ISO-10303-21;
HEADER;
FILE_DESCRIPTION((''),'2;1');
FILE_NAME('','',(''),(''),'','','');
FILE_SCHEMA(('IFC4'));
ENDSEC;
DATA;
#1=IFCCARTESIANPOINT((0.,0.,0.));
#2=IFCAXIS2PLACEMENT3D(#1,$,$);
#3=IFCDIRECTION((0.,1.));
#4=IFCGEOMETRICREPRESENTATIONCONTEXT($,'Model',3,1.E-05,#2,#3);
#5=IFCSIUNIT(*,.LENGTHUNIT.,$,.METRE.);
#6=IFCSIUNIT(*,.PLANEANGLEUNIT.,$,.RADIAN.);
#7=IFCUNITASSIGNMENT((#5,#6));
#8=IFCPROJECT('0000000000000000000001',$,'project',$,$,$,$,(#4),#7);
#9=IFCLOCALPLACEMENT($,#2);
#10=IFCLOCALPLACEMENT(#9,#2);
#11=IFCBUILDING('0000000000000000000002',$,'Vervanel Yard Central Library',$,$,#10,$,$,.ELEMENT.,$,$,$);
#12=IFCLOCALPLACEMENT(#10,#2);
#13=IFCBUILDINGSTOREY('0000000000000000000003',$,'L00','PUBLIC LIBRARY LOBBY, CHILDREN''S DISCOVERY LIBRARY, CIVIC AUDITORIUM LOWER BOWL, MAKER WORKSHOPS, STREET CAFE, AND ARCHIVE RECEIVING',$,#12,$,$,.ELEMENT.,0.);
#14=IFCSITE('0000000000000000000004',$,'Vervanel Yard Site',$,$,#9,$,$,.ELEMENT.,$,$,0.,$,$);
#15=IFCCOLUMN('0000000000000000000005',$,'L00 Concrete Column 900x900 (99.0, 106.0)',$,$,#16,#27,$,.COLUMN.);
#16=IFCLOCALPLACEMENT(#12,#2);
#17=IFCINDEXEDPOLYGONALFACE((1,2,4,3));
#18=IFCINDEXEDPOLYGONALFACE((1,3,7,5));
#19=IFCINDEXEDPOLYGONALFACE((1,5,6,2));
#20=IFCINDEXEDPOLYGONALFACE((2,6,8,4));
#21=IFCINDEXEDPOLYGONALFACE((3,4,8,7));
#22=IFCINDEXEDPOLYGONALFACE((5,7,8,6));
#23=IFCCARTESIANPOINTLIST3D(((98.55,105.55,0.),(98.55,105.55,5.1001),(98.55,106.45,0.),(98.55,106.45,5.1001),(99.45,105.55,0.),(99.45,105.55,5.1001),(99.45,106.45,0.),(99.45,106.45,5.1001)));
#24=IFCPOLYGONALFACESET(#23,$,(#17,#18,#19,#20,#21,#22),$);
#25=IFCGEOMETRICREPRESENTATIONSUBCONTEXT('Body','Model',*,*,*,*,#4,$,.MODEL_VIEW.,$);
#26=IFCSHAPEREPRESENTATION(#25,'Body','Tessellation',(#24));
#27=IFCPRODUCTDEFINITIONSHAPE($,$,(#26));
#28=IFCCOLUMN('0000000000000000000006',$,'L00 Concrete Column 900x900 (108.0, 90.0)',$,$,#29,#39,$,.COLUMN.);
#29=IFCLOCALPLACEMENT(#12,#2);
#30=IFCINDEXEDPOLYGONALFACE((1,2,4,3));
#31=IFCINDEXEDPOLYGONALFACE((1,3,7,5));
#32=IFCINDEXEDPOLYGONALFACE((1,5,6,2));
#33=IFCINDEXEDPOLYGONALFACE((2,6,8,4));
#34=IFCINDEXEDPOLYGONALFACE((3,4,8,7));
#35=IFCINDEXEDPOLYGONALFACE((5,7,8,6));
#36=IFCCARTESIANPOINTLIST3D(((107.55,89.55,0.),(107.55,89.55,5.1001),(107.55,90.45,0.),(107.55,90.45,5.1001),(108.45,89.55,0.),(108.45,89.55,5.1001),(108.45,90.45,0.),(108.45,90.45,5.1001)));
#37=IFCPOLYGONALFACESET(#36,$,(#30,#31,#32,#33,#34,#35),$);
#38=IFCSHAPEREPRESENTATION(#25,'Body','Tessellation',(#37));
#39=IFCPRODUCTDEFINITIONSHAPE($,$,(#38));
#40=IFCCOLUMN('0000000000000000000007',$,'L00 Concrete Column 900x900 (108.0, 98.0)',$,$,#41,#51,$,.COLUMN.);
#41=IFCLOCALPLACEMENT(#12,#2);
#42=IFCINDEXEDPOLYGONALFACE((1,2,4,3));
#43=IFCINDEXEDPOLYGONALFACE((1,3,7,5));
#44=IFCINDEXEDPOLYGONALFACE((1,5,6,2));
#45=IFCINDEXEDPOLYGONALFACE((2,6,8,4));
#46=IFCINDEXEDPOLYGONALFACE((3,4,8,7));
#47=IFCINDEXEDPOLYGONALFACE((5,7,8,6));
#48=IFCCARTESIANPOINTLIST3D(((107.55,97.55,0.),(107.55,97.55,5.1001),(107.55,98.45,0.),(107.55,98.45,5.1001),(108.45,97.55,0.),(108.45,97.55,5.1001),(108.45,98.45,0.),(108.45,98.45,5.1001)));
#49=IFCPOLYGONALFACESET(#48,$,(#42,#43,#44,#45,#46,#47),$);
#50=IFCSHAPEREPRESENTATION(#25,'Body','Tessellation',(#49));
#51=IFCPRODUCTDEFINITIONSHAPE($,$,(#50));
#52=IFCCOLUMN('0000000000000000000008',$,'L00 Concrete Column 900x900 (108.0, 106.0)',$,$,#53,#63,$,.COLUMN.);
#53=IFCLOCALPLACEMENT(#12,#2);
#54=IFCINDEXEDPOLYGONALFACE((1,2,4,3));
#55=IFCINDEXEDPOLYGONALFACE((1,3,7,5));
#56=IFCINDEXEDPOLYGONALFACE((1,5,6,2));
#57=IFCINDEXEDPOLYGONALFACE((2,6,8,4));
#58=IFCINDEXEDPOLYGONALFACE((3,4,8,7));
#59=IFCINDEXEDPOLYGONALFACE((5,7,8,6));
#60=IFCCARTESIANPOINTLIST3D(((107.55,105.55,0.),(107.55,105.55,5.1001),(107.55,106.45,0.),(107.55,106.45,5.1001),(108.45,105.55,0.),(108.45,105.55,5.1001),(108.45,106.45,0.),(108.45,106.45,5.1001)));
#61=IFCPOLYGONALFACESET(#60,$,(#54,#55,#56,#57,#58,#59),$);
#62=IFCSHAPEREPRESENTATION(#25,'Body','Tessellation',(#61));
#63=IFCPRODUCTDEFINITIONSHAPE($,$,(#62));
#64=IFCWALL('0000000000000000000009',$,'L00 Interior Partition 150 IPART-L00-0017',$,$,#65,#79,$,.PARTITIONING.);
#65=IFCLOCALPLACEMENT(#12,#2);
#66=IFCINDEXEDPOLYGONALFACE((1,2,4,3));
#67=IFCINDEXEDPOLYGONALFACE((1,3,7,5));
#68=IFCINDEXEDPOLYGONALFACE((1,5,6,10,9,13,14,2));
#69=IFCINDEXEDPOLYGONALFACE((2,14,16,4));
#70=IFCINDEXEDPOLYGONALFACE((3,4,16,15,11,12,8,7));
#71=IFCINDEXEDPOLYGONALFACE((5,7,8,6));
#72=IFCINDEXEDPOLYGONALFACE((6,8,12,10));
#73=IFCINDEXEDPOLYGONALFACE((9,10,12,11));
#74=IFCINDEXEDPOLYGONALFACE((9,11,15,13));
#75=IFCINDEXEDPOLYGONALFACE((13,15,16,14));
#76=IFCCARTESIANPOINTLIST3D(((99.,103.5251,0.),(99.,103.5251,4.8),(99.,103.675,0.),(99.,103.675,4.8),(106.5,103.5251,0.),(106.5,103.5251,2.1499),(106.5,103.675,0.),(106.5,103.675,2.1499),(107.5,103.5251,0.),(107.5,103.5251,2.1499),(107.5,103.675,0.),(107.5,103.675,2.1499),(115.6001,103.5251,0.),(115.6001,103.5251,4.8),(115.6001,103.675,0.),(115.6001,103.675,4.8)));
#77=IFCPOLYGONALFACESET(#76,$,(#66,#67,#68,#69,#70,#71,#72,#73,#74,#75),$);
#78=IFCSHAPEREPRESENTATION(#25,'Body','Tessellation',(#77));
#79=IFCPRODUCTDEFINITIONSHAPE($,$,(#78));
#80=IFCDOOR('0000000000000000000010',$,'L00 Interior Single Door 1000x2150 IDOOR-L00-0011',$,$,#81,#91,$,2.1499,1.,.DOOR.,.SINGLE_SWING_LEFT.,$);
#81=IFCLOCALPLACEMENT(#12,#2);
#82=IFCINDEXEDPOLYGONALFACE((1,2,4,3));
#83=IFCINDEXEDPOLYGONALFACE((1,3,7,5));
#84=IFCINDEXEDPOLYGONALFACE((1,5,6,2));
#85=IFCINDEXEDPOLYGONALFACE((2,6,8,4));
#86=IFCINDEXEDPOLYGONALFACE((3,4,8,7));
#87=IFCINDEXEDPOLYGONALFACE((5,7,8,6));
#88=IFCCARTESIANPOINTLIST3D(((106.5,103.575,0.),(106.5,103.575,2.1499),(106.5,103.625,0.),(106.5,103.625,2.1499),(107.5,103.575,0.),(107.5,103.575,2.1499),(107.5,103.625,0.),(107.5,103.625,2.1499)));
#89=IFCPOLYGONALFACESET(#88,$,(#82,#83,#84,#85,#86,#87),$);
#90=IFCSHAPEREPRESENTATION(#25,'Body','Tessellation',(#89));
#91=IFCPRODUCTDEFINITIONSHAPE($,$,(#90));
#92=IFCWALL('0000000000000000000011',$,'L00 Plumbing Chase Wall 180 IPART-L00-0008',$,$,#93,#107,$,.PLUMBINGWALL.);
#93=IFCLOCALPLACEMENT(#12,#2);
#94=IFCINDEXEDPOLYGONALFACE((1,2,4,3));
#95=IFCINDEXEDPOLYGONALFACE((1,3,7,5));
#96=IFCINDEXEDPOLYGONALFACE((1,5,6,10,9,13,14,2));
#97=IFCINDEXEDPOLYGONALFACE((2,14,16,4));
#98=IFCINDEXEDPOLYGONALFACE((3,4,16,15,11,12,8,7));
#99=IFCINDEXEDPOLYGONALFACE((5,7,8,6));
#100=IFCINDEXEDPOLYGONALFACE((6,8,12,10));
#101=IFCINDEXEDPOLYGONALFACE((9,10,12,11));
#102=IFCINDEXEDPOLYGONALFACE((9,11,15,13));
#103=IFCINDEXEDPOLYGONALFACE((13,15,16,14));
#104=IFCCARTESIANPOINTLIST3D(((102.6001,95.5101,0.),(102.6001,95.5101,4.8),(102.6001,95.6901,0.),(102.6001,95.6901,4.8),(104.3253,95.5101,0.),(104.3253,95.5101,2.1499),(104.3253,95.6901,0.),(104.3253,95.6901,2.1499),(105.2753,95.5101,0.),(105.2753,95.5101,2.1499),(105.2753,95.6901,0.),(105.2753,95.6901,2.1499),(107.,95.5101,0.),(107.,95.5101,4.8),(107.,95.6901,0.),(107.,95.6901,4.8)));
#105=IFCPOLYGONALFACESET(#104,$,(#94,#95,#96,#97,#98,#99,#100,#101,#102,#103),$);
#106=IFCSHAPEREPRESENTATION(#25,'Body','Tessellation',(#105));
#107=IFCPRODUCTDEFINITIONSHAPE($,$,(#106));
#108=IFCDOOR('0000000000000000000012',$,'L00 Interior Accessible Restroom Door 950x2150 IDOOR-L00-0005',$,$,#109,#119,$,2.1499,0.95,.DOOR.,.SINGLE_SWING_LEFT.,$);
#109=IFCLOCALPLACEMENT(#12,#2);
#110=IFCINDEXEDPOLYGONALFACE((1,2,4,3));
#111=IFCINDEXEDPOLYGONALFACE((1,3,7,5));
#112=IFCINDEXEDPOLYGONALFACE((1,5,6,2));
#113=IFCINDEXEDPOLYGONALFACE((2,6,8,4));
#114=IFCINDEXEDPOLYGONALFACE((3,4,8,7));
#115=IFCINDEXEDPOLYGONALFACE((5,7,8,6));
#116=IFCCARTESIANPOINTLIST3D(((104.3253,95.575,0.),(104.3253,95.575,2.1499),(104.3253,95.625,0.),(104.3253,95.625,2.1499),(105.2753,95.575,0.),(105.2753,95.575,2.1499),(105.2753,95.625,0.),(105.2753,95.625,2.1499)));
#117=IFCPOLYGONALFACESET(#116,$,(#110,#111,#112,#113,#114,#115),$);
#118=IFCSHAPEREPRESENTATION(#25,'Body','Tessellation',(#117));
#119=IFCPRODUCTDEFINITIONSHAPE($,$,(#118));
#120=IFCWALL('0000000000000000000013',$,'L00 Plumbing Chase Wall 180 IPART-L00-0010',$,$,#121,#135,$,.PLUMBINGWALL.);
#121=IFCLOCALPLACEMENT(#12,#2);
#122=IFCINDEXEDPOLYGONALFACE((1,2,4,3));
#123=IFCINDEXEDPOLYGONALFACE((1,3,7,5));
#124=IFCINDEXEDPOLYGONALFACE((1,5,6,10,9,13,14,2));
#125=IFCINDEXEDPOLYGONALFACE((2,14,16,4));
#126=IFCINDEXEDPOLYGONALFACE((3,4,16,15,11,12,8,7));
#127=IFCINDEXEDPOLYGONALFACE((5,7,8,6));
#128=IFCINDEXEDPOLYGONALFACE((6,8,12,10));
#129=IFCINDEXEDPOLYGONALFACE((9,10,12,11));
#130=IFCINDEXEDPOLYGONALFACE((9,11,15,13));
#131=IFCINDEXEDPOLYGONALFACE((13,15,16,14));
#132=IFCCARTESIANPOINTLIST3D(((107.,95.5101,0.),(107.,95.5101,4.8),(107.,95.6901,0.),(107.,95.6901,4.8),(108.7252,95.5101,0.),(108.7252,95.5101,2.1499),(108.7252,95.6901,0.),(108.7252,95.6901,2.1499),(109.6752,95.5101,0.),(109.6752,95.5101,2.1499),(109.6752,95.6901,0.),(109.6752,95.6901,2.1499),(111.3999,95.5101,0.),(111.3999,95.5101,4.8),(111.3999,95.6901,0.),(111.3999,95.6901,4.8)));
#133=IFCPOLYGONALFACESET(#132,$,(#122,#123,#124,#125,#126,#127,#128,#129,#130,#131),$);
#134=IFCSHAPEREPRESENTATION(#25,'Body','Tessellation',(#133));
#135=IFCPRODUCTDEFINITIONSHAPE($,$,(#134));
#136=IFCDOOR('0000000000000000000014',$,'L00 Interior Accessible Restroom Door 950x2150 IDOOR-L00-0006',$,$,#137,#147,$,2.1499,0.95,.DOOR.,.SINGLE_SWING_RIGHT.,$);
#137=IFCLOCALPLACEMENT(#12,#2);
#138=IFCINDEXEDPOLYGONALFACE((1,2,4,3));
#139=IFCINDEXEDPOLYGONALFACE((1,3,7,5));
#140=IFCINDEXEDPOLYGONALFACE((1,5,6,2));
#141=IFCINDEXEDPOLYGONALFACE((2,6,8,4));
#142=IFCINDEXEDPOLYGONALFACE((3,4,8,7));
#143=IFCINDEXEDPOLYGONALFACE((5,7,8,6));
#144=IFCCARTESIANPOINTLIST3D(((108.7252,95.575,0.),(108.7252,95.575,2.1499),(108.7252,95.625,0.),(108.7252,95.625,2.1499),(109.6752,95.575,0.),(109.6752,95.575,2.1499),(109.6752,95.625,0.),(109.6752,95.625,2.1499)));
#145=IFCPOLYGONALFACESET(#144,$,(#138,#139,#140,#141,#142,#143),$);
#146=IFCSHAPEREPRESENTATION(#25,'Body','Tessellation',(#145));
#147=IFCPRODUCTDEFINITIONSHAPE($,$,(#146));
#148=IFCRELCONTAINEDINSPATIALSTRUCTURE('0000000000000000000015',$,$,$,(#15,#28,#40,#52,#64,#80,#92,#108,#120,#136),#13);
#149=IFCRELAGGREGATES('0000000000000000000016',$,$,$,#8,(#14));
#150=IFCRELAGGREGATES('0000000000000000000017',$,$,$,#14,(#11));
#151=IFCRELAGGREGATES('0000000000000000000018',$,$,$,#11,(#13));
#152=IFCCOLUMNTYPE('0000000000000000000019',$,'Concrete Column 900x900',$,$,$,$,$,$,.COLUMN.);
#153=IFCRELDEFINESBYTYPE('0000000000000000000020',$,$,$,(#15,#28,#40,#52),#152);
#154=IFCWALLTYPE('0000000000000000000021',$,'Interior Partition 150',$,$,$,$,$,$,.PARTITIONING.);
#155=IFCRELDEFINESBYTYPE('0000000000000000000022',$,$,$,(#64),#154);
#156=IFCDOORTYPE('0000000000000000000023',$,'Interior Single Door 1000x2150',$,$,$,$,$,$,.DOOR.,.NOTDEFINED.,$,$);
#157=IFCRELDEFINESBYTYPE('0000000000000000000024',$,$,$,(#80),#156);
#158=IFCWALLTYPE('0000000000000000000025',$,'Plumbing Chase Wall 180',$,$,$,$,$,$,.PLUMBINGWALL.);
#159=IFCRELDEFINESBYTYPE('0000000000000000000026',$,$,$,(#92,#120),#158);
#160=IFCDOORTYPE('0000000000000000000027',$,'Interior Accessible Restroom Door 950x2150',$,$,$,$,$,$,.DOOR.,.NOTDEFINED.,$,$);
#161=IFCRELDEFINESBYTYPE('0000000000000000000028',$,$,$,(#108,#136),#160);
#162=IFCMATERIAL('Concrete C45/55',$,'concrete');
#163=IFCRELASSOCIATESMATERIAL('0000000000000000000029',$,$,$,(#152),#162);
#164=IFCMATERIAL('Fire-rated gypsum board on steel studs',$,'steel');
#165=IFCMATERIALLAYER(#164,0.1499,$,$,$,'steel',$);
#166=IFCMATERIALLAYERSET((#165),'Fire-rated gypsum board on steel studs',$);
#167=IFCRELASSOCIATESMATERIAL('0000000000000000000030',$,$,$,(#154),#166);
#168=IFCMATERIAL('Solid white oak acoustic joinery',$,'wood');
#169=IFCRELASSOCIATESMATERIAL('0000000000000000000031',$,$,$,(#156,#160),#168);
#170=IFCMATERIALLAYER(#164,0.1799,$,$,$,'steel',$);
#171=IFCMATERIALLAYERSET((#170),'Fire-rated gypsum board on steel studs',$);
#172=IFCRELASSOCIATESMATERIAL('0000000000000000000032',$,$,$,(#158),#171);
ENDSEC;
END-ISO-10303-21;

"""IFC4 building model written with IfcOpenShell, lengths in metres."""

from ifc_helpers import new_model, si_unit, direction, frame, frame_2d, origin, origin_2d, place, context, subcontext, project, spatial, rectangle, extrude, material, layer, layer_set, material_profile, profile_set, type_object, element, fill, save


model = new_model("IFC4")

# Units and contexts
model_context = context("Model", 3, precision=1e-05, world=origin(), true_north=direction((0.0, 1.0)))
body_context = subcontext(model_context, "Body", "Model", "MODEL_VIEW")
ifc_project = project(units=[si_unit("LENGTHUNIT", "METRE"), si_unit("PLANEANGLEUNIT", "RADIAN")], contexts=[model_context])

# Site, building, storey
site_placement = place(None, origin())
site = spatial("IfcSite", under=ifc_project, at=site_placement, Name="Vervanel Yard Site", CompositionType="ELEMENT", RefElevation=0.0)
building_placement = place(site_placement, origin())
building = spatial("IfcBuilding", under=site, at=building_placement, Name="Vervanel Yard Central Library", CompositionType="ELEMENT")
storey_placement = place(building_placement, origin())
storey = spatial("IfcBuildingStorey", under=building, at=storey_placement, Name="L00", Description="PUBLIC LIBRARY LOBBY, CHILDREN'S DISCOVERY LIBRARY, CIVIC AUDITORIUM LOWER BOWL, MAKER WORKSHOPS, STREET CAFE, AND ARCHIVE RECEIVING", CompositionType="ELEMENT", Elevation=0.0)

# Columns
ifc_material_1 = material(Name="Concrete C45/55", Category="concrete")
ifc_material_profile_1 = material_profile(ifc_material_1, rectangle(XDim=0.8999, YDim=0.8999, at=origin_2d()), Name="RC 900x900", Category="concrete")
ifc_profile_set_1 = profile_set([ifc_material_profile_1], Name="Concrete C45/55")
column_type = type_object("IfcColumnType", Name="Concrete Column 900x900", PredefinedType="COLUMN", material=ifc_profile_set_1)
for number, where, z_axis, x_axis, name in (
    (1, (99.0, 106.0, 0.0), (0.0, 0.0, 1.0), (1.0, 0.0, 0.0), "L00 Concrete Column 900x900 (99.0, 106.0)"),
    (2, (108.0, 90.0, 0.0), (0.0, 0.0, 1.0), (1.0, 0.0, 0.0), "L00 Concrete Column 900x900 (108.0, 90.0)"),
    (3, (108.0, 98.0, 0.0), (0.0, 0.0, 1.0), (1.0, 0.0, 0.0), "L00 Concrete Column 900x900 (108.0, 98.0)"),
    (4, (108.0, 106.0, 0.0), (0.0, 0.0, 1.0), (1.0, 0.0, 0.0), "L00 Concrete Column 900x900 (108.0, 106.0)"),
):
    element("IfcColumn", number, at=place(storey_placement, frame(where, z_axis=z_axis, x_axis=x_axis)), inside=storey, type_object=column_type, Name=name, PredefinedType="COLUMN", context=body_context, shape_type="SweptSolid", body=[
        extrude(rectangle(XDim=0.8999, YDim=0.8999, at=origin_2d()), origin(), (0.0, 0.0, 1.0), 5.1001),
    ])

# Walls, openings, doors
ifc_material_2 = material(Name="Fire-rated gypsum board on steel studs", Category="steel")
ifc_layer_1 = layer(ifc_material_2, 0.1499, Category="steel")
ifc_layer_set_1 = layer_set([ifc_layer_1], Name="Fire-rated gypsum board on steel studs")
wall_type_1 = type_object("IfcWallType", Name="Interior Partition 150", PredefinedType="PARTITIONING", material=ifc_layer_set_1)
wall_1_placement = place(storey_placement, frame((99.0, 103.6001, 0.0), z_axis=(0.0, 0.0, 1.0), x_axis=(1.0, 0.0, 0.0)))
wall_1 = element("IfcWall", 5, at=wall_1_placement, inside=storey, type_object=wall_type_1, Name="L00 Interior Partition 150 IPART-L00-0017", PredefinedType="PARTITIONING", context=body_context, shape_type="SweptSolid", body=[
    extrude(rectangle(XDim=16.6001, YDim=0.1499, at=frame_2d((8.3, 0.0))), origin(), (0.0, 0.0, 1.0), 4.8),
])
opening_1_placement = place(wall_1_placement, frame((7.5, 0.0, 0.0)))
opening_1 = element("IfcOpeningElement", 6, at=opening_1_placement, cuts=wall_1, PredefinedType="OPENING", context=body_context, shape_type="SweptSolid", body=[
    extrude(rectangle(XDim=1.0, YDim=2.1499, at=frame_2d((0.5, 1.075))), frame((0.0, 0.085, 0.0), z_axis=(0.0, -1.0, 0.0), x_axis=(1.0, 0.0, 0.0)), (0.0, 0.0, 1.0), 0.1699),
])
ifc_material_3 = material(Name="Solid white oak acoustic joinery", Category="wood")
door_type_1 = type_object("IfcDoorType", Name="Interior Single Door 1000x2150", OperationType="NOTDEFINED", PredefinedType="DOOR", material=ifc_material_3)
door_1_placement = place(opening_1_placement, origin())
door_1 = element("IfcDoor", 7, at=door_1_placement, inside=storey, type_object=door_type_1, Name="L00 Interior Single Door 1000x2150 IDOOR-L00-0011", OperationType="SINGLE_SWING_LEFT", OverallHeight=2.1499, OverallWidth=1.0, PredefinedType="DOOR", context=body_context, shape_type="SweptSolid", body=[
    extrude(rectangle(XDim=1.0, YDim=2.1499, at=frame_2d((0.5, 1.075))), frame((0.0, 0.0249, 0.0), z_axis=(0.0, -1.0, 0.0), x_axis=(1.0, 0.0, 0.0)), (0.0, 0.0, 1.0), 0.05),
])
fill(opening_1, door_1)
ifc_layer_2 = layer(ifc_material_2, 0.1799, Category="steel")
ifc_layer_set_2 = layer_set([ifc_layer_2], Name="Fire-rated gypsum board on steel studs")
wall_type_2 = type_object("IfcWallType", Name="Plumbing Chase Wall 180", PredefinedType="PLUMBINGWALL", material=ifc_layer_set_2)
wall_2_placement = place(storey_placement, frame((102.6001, 95.6001, 0.0), z_axis=(0.0, 0.0, 1.0), x_axis=(1.0, 0.0, 0.0)))
wall_2 = element("IfcWall", 8, at=wall_2_placement, inside=storey, type_object=wall_type_2, Name="L00 Plumbing Chase Wall 180 IPART-L00-0008", PredefinedType="PLUMBINGWALL", context=body_context, shape_type="SweptSolid", body=[
    extrude(rectangle(XDim=4.3999, YDim=0.1799, at=frame_2d((2.2, 0.0))), origin(), (0.0, 0.0, 1.0), 4.8),
])
opening_2_placement = place(wall_2_placement, frame((1.7251, 0.0, 0.0)))
opening_2 = element("IfcOpeningElement", 9, at=opening_2_placement, cuts=wall_2, PredefinedType="OPENING", context=body_context, shape_type="SweptSolid", body=[
    extrude(rectangle(XDim=0.95, YDim=2.1499, at=frame_2d((0.4751, 1.075))), frame((0.0, 0.0999, 0.0), z_axis=(0.0, -1.0, 0.0), x_axis=(1.0, 0.0, 0.0)), (0.0, 0.0, 1.0), 0.2),
])
door_type_2 = type_object("IfcDoorType", Name="Interior Accessible Restroom Door 950x2150", OperationType="NOTDEFINED", PredefinedType="DOOR", material=ifc_material_3)
door_2_placement = place(opening_2_placement, origin())
door_2 = element("IfcDoor", 10, at=door_2_placement, inside=storey, type_object=door_type_2, Name="L00 Interior Accessible Restroom Door 950x2150 IDOOR-L00-0005", OperationType="SINGLE_SWING_LEFT", OverallHeight=2.1499, OverallWidth=0.95, PredefinedType="DOOR", context=body_context, shape_type="SweptSolid", body=[
    extrude(rectangle(XDim=0.95, YDim=2.1499, at=frame_2d((0.4751, 1.075))), frame((0.0, 0.0249, 0.0), z_axis=(0.0, -1.0, 0.0), x_axis=(1.0, 0.0, 0.0)), (0.0, 0.0, 1.0), 0.05),
])
fill(opening_2, door_2)
wall_3_placement = place(storey_placement, frame((107.0, 95.6001, 0.0), z_axis=(0.0, 0.0, 1.0), x_axis=(1.0, 0.0, 0.0)))
wall_3 = element("IfcWall", 11, at=wall_3_placement, inside=storey, type_object=wall_type_2, Name="L00 Plumbing Chase Wall 180 IPART-L00-0010", PredefinedType="PLUMBINGWALL", context=body_context, shape_type="SweptSolid", body=[
    extrude(rectangle(XDim=4.3999, YDim=0.1799, at=frame_2d((2.2, 0.0))), origin(), (0.0, 0.0, 1.0), 4.8),
])
opening_3_placement = place(wall_3_placement, frame((1.7251, 0.0, 0.0)))
opening_3 = element("IfcOpeningElement", 12, at=opening_3_placement, cuts=wall_3, PredefinedType="OPENING", context=body_context, shape_type="SweptSolid", body=[
    extrude(rectangle(XDim=0.95, YDim=2.1499, at=frame_2d((0.4751, 1.075))), frame((0.0, 0.0999, 0.0), z_axis=(0.0, -1.0, 0.0), x_axis=(1.0, 0.0, 0.0)), (0.0, 0.0, 1.0), 0.2),
])
door_3_placement = place(opening_3_placement, origin())
door_3 = element("IfcDoor", 13, at=door_3_placement, inside=storey, type_object=door_type_2, Name="L00 Interior Accessible Restroom Door 950x2150 IDOOR-L00-0006", OperationType="SINGLE_SWING_RIGHT", OverallHeight=2.1499, OverallWidth=0.95, PredefinedType="DOOR", context=body_context, shape_type="SweptSolid", body=[
    extrude(rectangle(XDim=0.95, YDim=2.1499, at=frame_2d((0.4751, 1.075))), frame((0.0, 0.0249, 0.0), z_axis=(0.0, -1.0, 0.0), x_axis=(1.0, 0.0, 0.0)), (0.0, 0.0, 1.0), 0.05),
])
fill(opening_3, door_3)

save(model, "model.ifc")
